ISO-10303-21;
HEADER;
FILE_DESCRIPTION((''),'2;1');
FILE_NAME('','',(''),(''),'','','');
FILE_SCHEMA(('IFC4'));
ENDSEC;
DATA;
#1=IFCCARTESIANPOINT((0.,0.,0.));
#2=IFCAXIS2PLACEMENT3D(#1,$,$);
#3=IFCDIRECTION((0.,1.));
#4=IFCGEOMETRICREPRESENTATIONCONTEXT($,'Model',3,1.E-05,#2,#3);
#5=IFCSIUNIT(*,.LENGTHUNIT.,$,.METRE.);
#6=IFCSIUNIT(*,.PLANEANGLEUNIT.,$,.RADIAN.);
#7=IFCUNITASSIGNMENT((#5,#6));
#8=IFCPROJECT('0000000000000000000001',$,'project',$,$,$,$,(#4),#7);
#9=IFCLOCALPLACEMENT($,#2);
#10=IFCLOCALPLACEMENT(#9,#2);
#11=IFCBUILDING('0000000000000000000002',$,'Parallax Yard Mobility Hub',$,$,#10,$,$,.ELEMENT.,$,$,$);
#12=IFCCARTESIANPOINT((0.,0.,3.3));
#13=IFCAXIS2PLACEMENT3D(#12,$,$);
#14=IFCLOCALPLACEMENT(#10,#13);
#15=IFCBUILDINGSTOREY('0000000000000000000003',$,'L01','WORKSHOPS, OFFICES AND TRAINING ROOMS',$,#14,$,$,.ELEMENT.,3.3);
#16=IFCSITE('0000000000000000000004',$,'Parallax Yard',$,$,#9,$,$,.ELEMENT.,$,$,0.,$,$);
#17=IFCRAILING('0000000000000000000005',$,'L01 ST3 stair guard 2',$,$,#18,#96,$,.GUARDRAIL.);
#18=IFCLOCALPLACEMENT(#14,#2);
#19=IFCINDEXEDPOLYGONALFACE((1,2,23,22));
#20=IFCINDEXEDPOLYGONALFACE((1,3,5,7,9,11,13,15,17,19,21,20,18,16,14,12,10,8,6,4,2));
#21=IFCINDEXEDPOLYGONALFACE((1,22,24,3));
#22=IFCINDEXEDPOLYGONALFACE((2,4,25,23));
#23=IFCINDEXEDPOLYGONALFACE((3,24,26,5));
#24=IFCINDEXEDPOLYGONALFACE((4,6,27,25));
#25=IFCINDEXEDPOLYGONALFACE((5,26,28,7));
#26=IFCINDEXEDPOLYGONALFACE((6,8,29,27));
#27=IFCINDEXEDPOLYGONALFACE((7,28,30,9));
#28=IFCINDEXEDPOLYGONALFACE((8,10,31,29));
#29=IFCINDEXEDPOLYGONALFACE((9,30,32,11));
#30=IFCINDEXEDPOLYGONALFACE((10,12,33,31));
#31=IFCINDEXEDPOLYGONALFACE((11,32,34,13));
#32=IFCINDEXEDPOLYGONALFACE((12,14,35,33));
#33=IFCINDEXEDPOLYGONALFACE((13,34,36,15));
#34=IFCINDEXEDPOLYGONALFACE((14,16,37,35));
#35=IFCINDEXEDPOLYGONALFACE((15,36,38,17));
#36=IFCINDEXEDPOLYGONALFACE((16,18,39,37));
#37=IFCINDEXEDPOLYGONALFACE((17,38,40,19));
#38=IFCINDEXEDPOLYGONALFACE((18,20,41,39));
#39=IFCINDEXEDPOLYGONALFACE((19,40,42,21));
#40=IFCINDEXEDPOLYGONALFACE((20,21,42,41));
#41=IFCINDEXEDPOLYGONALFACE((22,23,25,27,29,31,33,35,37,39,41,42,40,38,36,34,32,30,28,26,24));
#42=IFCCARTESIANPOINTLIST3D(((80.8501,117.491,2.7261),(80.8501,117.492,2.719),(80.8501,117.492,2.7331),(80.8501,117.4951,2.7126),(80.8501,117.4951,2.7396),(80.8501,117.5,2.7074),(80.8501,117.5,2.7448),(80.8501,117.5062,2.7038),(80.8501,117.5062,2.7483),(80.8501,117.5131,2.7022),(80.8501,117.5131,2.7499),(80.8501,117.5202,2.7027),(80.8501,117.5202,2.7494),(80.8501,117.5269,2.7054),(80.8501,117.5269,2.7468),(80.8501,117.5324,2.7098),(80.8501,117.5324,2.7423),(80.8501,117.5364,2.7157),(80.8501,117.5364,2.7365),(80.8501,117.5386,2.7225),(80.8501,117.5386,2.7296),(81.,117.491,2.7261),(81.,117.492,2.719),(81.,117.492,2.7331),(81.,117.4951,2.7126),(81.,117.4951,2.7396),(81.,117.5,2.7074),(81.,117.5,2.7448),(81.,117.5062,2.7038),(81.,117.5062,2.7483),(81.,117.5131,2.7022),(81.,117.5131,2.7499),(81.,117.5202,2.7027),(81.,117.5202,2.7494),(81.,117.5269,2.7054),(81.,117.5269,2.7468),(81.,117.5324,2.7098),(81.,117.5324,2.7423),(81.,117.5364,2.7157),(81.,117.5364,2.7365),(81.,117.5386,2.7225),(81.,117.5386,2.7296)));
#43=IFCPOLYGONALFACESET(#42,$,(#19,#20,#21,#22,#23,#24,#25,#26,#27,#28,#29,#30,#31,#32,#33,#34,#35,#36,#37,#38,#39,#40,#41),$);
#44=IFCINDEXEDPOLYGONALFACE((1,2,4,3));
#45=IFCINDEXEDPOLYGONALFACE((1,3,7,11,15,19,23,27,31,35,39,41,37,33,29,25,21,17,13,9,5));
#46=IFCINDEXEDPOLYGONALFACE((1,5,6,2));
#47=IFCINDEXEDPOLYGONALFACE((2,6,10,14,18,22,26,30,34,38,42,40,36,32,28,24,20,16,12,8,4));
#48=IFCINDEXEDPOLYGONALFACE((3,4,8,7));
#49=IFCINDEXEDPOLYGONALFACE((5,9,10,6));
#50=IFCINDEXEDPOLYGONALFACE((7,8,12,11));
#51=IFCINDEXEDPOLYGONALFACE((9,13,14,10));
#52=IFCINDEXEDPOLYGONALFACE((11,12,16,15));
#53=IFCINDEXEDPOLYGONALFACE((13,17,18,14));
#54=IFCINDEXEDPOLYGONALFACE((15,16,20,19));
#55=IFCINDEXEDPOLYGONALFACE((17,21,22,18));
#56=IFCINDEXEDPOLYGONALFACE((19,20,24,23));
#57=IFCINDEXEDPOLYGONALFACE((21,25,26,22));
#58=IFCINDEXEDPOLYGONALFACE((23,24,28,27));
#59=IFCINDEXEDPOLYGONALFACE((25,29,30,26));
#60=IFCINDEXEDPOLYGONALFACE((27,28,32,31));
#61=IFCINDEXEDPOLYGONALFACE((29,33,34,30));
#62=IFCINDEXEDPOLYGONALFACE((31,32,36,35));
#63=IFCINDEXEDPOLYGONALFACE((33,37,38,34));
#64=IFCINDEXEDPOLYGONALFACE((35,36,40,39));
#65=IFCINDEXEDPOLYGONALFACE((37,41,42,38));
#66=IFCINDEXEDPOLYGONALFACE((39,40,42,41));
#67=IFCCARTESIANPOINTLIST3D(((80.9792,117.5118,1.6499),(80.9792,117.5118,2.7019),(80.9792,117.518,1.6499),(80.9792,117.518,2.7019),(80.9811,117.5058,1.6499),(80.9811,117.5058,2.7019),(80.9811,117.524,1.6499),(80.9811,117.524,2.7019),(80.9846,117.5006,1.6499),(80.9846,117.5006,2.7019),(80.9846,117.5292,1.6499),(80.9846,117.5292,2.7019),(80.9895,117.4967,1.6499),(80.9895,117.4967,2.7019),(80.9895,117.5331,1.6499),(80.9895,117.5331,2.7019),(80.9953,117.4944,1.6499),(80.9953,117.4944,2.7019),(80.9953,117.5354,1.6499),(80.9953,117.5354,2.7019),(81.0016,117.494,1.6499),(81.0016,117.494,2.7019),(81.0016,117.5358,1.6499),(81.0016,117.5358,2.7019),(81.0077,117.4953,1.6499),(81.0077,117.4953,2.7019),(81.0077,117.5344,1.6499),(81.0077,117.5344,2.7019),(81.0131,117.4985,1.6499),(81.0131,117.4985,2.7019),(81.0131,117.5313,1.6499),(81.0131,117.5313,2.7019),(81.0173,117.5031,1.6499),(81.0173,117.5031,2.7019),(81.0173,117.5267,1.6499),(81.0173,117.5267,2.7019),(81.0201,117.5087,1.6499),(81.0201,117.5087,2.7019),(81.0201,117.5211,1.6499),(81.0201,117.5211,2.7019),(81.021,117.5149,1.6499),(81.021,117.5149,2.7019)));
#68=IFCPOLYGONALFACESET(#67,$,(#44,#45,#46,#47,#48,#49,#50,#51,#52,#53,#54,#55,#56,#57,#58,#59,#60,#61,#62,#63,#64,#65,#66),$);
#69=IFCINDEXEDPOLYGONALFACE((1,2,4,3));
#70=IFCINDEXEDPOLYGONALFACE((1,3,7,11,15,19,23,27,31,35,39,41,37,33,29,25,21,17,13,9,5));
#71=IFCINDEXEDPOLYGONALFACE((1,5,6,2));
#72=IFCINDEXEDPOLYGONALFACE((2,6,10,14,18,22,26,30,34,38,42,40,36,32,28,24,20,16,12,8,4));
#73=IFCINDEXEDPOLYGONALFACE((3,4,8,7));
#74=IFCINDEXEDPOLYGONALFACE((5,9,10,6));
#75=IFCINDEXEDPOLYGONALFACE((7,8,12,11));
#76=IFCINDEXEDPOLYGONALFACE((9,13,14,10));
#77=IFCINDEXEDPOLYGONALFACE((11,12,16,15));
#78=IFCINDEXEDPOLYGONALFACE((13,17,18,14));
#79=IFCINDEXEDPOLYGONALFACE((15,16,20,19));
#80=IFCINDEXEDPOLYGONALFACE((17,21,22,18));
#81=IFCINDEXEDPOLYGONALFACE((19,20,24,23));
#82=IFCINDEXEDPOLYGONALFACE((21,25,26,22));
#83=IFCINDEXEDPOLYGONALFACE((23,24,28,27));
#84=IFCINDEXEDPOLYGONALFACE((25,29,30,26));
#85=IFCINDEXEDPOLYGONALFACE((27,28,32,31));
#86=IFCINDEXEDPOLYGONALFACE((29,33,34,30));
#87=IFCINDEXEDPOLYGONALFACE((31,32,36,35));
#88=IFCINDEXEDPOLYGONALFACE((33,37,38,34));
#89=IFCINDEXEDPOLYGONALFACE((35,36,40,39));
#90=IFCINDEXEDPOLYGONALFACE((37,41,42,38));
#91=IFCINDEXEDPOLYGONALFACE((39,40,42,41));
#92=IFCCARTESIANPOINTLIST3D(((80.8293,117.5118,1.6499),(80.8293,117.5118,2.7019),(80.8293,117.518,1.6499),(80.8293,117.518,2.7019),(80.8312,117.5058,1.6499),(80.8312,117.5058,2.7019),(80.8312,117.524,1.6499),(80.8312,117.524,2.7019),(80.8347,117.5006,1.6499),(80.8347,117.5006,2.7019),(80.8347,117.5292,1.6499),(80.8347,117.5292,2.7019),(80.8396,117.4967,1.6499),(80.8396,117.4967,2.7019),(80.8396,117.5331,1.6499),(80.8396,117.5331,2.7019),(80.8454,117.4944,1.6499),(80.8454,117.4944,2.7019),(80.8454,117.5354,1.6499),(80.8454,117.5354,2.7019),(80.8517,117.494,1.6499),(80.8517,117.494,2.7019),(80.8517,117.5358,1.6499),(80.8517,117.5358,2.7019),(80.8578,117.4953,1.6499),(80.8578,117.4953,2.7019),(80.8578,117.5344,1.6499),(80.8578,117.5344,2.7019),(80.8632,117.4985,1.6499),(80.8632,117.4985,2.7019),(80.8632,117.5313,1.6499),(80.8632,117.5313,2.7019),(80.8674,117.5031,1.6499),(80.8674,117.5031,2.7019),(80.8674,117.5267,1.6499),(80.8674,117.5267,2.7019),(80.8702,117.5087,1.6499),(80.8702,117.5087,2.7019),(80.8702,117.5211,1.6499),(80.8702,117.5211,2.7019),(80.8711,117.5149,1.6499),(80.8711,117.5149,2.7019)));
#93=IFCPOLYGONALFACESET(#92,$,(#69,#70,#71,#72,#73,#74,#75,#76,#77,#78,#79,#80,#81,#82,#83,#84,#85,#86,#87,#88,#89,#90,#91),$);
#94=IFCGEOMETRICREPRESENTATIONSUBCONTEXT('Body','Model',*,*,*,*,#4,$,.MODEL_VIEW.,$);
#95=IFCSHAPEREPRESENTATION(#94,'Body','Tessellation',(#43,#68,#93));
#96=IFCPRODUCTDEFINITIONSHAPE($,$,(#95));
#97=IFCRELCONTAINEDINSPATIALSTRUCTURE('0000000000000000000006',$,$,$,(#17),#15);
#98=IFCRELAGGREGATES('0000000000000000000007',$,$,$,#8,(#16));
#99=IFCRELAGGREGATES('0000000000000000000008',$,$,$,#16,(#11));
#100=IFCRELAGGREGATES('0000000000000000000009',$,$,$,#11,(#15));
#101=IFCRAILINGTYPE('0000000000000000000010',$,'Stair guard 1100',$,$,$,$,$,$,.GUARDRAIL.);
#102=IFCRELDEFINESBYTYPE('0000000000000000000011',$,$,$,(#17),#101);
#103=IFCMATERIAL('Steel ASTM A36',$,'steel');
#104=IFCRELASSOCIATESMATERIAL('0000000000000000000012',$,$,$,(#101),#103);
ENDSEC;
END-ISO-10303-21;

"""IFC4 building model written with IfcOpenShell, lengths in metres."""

from ifc_helpers import new_model, si_unit, direction, frame, origin, origin_2d, place, context, subcontext, project, spatial, circle, extrude, material, type_object, element, save


model = new_model("IFC4")

# Units and contexts
model_context = context("Model", 3, precision=1e-05, world=origin(), true_north=direction((0.0, 1.0)))
body_context = subcontext(model_context, "Body", "Model", "MODEL_VIEW")
ifc_project = project(units=[si_unit("LENGTHUNIT", "METRE"), si_unit("PLANEANGLEUNIT", "RADIAN")], contexts=[model_context])

# Site, building, storey
site_placement = place(None, origin())
site = spatial("IfcSite", under=ifc_project, at=site_placement, Name="Parallax Yard", CompositionType="ELEMENT", RefElevation=0.0)
building_placement = place(site_placement, origin())
building = spatial("IfcBuilding", under=site, at=building_placement, Name="Parallax Yard Mobility Hub", CompositionType="ELEMENT")
storey_placement = place(building_placement, frame((0.0, 0.0, 3.3)))
storey = spatial("IfcBuildingStorey", under=building, at=storey_placement, Name="L01", Description="WORKSHOPS, OFFICES AND TRAINING ROOMS", CompositionType="ELEMENT", Elevation=3.3)

# Railing
ifc_material_1 = material(Name="Steel ASTM A36", Category="steel")
railing_type_1 = type_object("IfcRailingType", Name="Stair guard 1100", PredefinedType="GUARDRAIL", material=ifc_material_1)
railing_1_placement = place(storey_placement, frame((81.0, 117.5149, 1.6499)))
element("IfcRailing", 1, at=railing_1_placement, inside=storey, type_object=railing_type_1, Name="L01 ST3 stair guard 2", PredefinedType="GUARDRAIL", context=body_context, shape_type="SweptSolid", body=[
    extrude(circle(Radius=0.0239, at=origin_2d()), frame((0.0, 0.0, 1.0762), z_axis=(-1.0, 0.0, 0.0), x_axis=(0.0, -1.0, 0.0)), (0.0, 0.0, 1.0), 0.1499),
    extrude(circle(Radius=0.021, at=origin_2d()), origin(), (0.0, 0.0, 1.0), 1.052),
    extrude(circle(Radius=0.021, at=origin_2d()), frame((-0.1499, 0.0, 0.0)), (0.0, 0.0, 1.0), 1.052),
])

save(model, "model.ifc")
